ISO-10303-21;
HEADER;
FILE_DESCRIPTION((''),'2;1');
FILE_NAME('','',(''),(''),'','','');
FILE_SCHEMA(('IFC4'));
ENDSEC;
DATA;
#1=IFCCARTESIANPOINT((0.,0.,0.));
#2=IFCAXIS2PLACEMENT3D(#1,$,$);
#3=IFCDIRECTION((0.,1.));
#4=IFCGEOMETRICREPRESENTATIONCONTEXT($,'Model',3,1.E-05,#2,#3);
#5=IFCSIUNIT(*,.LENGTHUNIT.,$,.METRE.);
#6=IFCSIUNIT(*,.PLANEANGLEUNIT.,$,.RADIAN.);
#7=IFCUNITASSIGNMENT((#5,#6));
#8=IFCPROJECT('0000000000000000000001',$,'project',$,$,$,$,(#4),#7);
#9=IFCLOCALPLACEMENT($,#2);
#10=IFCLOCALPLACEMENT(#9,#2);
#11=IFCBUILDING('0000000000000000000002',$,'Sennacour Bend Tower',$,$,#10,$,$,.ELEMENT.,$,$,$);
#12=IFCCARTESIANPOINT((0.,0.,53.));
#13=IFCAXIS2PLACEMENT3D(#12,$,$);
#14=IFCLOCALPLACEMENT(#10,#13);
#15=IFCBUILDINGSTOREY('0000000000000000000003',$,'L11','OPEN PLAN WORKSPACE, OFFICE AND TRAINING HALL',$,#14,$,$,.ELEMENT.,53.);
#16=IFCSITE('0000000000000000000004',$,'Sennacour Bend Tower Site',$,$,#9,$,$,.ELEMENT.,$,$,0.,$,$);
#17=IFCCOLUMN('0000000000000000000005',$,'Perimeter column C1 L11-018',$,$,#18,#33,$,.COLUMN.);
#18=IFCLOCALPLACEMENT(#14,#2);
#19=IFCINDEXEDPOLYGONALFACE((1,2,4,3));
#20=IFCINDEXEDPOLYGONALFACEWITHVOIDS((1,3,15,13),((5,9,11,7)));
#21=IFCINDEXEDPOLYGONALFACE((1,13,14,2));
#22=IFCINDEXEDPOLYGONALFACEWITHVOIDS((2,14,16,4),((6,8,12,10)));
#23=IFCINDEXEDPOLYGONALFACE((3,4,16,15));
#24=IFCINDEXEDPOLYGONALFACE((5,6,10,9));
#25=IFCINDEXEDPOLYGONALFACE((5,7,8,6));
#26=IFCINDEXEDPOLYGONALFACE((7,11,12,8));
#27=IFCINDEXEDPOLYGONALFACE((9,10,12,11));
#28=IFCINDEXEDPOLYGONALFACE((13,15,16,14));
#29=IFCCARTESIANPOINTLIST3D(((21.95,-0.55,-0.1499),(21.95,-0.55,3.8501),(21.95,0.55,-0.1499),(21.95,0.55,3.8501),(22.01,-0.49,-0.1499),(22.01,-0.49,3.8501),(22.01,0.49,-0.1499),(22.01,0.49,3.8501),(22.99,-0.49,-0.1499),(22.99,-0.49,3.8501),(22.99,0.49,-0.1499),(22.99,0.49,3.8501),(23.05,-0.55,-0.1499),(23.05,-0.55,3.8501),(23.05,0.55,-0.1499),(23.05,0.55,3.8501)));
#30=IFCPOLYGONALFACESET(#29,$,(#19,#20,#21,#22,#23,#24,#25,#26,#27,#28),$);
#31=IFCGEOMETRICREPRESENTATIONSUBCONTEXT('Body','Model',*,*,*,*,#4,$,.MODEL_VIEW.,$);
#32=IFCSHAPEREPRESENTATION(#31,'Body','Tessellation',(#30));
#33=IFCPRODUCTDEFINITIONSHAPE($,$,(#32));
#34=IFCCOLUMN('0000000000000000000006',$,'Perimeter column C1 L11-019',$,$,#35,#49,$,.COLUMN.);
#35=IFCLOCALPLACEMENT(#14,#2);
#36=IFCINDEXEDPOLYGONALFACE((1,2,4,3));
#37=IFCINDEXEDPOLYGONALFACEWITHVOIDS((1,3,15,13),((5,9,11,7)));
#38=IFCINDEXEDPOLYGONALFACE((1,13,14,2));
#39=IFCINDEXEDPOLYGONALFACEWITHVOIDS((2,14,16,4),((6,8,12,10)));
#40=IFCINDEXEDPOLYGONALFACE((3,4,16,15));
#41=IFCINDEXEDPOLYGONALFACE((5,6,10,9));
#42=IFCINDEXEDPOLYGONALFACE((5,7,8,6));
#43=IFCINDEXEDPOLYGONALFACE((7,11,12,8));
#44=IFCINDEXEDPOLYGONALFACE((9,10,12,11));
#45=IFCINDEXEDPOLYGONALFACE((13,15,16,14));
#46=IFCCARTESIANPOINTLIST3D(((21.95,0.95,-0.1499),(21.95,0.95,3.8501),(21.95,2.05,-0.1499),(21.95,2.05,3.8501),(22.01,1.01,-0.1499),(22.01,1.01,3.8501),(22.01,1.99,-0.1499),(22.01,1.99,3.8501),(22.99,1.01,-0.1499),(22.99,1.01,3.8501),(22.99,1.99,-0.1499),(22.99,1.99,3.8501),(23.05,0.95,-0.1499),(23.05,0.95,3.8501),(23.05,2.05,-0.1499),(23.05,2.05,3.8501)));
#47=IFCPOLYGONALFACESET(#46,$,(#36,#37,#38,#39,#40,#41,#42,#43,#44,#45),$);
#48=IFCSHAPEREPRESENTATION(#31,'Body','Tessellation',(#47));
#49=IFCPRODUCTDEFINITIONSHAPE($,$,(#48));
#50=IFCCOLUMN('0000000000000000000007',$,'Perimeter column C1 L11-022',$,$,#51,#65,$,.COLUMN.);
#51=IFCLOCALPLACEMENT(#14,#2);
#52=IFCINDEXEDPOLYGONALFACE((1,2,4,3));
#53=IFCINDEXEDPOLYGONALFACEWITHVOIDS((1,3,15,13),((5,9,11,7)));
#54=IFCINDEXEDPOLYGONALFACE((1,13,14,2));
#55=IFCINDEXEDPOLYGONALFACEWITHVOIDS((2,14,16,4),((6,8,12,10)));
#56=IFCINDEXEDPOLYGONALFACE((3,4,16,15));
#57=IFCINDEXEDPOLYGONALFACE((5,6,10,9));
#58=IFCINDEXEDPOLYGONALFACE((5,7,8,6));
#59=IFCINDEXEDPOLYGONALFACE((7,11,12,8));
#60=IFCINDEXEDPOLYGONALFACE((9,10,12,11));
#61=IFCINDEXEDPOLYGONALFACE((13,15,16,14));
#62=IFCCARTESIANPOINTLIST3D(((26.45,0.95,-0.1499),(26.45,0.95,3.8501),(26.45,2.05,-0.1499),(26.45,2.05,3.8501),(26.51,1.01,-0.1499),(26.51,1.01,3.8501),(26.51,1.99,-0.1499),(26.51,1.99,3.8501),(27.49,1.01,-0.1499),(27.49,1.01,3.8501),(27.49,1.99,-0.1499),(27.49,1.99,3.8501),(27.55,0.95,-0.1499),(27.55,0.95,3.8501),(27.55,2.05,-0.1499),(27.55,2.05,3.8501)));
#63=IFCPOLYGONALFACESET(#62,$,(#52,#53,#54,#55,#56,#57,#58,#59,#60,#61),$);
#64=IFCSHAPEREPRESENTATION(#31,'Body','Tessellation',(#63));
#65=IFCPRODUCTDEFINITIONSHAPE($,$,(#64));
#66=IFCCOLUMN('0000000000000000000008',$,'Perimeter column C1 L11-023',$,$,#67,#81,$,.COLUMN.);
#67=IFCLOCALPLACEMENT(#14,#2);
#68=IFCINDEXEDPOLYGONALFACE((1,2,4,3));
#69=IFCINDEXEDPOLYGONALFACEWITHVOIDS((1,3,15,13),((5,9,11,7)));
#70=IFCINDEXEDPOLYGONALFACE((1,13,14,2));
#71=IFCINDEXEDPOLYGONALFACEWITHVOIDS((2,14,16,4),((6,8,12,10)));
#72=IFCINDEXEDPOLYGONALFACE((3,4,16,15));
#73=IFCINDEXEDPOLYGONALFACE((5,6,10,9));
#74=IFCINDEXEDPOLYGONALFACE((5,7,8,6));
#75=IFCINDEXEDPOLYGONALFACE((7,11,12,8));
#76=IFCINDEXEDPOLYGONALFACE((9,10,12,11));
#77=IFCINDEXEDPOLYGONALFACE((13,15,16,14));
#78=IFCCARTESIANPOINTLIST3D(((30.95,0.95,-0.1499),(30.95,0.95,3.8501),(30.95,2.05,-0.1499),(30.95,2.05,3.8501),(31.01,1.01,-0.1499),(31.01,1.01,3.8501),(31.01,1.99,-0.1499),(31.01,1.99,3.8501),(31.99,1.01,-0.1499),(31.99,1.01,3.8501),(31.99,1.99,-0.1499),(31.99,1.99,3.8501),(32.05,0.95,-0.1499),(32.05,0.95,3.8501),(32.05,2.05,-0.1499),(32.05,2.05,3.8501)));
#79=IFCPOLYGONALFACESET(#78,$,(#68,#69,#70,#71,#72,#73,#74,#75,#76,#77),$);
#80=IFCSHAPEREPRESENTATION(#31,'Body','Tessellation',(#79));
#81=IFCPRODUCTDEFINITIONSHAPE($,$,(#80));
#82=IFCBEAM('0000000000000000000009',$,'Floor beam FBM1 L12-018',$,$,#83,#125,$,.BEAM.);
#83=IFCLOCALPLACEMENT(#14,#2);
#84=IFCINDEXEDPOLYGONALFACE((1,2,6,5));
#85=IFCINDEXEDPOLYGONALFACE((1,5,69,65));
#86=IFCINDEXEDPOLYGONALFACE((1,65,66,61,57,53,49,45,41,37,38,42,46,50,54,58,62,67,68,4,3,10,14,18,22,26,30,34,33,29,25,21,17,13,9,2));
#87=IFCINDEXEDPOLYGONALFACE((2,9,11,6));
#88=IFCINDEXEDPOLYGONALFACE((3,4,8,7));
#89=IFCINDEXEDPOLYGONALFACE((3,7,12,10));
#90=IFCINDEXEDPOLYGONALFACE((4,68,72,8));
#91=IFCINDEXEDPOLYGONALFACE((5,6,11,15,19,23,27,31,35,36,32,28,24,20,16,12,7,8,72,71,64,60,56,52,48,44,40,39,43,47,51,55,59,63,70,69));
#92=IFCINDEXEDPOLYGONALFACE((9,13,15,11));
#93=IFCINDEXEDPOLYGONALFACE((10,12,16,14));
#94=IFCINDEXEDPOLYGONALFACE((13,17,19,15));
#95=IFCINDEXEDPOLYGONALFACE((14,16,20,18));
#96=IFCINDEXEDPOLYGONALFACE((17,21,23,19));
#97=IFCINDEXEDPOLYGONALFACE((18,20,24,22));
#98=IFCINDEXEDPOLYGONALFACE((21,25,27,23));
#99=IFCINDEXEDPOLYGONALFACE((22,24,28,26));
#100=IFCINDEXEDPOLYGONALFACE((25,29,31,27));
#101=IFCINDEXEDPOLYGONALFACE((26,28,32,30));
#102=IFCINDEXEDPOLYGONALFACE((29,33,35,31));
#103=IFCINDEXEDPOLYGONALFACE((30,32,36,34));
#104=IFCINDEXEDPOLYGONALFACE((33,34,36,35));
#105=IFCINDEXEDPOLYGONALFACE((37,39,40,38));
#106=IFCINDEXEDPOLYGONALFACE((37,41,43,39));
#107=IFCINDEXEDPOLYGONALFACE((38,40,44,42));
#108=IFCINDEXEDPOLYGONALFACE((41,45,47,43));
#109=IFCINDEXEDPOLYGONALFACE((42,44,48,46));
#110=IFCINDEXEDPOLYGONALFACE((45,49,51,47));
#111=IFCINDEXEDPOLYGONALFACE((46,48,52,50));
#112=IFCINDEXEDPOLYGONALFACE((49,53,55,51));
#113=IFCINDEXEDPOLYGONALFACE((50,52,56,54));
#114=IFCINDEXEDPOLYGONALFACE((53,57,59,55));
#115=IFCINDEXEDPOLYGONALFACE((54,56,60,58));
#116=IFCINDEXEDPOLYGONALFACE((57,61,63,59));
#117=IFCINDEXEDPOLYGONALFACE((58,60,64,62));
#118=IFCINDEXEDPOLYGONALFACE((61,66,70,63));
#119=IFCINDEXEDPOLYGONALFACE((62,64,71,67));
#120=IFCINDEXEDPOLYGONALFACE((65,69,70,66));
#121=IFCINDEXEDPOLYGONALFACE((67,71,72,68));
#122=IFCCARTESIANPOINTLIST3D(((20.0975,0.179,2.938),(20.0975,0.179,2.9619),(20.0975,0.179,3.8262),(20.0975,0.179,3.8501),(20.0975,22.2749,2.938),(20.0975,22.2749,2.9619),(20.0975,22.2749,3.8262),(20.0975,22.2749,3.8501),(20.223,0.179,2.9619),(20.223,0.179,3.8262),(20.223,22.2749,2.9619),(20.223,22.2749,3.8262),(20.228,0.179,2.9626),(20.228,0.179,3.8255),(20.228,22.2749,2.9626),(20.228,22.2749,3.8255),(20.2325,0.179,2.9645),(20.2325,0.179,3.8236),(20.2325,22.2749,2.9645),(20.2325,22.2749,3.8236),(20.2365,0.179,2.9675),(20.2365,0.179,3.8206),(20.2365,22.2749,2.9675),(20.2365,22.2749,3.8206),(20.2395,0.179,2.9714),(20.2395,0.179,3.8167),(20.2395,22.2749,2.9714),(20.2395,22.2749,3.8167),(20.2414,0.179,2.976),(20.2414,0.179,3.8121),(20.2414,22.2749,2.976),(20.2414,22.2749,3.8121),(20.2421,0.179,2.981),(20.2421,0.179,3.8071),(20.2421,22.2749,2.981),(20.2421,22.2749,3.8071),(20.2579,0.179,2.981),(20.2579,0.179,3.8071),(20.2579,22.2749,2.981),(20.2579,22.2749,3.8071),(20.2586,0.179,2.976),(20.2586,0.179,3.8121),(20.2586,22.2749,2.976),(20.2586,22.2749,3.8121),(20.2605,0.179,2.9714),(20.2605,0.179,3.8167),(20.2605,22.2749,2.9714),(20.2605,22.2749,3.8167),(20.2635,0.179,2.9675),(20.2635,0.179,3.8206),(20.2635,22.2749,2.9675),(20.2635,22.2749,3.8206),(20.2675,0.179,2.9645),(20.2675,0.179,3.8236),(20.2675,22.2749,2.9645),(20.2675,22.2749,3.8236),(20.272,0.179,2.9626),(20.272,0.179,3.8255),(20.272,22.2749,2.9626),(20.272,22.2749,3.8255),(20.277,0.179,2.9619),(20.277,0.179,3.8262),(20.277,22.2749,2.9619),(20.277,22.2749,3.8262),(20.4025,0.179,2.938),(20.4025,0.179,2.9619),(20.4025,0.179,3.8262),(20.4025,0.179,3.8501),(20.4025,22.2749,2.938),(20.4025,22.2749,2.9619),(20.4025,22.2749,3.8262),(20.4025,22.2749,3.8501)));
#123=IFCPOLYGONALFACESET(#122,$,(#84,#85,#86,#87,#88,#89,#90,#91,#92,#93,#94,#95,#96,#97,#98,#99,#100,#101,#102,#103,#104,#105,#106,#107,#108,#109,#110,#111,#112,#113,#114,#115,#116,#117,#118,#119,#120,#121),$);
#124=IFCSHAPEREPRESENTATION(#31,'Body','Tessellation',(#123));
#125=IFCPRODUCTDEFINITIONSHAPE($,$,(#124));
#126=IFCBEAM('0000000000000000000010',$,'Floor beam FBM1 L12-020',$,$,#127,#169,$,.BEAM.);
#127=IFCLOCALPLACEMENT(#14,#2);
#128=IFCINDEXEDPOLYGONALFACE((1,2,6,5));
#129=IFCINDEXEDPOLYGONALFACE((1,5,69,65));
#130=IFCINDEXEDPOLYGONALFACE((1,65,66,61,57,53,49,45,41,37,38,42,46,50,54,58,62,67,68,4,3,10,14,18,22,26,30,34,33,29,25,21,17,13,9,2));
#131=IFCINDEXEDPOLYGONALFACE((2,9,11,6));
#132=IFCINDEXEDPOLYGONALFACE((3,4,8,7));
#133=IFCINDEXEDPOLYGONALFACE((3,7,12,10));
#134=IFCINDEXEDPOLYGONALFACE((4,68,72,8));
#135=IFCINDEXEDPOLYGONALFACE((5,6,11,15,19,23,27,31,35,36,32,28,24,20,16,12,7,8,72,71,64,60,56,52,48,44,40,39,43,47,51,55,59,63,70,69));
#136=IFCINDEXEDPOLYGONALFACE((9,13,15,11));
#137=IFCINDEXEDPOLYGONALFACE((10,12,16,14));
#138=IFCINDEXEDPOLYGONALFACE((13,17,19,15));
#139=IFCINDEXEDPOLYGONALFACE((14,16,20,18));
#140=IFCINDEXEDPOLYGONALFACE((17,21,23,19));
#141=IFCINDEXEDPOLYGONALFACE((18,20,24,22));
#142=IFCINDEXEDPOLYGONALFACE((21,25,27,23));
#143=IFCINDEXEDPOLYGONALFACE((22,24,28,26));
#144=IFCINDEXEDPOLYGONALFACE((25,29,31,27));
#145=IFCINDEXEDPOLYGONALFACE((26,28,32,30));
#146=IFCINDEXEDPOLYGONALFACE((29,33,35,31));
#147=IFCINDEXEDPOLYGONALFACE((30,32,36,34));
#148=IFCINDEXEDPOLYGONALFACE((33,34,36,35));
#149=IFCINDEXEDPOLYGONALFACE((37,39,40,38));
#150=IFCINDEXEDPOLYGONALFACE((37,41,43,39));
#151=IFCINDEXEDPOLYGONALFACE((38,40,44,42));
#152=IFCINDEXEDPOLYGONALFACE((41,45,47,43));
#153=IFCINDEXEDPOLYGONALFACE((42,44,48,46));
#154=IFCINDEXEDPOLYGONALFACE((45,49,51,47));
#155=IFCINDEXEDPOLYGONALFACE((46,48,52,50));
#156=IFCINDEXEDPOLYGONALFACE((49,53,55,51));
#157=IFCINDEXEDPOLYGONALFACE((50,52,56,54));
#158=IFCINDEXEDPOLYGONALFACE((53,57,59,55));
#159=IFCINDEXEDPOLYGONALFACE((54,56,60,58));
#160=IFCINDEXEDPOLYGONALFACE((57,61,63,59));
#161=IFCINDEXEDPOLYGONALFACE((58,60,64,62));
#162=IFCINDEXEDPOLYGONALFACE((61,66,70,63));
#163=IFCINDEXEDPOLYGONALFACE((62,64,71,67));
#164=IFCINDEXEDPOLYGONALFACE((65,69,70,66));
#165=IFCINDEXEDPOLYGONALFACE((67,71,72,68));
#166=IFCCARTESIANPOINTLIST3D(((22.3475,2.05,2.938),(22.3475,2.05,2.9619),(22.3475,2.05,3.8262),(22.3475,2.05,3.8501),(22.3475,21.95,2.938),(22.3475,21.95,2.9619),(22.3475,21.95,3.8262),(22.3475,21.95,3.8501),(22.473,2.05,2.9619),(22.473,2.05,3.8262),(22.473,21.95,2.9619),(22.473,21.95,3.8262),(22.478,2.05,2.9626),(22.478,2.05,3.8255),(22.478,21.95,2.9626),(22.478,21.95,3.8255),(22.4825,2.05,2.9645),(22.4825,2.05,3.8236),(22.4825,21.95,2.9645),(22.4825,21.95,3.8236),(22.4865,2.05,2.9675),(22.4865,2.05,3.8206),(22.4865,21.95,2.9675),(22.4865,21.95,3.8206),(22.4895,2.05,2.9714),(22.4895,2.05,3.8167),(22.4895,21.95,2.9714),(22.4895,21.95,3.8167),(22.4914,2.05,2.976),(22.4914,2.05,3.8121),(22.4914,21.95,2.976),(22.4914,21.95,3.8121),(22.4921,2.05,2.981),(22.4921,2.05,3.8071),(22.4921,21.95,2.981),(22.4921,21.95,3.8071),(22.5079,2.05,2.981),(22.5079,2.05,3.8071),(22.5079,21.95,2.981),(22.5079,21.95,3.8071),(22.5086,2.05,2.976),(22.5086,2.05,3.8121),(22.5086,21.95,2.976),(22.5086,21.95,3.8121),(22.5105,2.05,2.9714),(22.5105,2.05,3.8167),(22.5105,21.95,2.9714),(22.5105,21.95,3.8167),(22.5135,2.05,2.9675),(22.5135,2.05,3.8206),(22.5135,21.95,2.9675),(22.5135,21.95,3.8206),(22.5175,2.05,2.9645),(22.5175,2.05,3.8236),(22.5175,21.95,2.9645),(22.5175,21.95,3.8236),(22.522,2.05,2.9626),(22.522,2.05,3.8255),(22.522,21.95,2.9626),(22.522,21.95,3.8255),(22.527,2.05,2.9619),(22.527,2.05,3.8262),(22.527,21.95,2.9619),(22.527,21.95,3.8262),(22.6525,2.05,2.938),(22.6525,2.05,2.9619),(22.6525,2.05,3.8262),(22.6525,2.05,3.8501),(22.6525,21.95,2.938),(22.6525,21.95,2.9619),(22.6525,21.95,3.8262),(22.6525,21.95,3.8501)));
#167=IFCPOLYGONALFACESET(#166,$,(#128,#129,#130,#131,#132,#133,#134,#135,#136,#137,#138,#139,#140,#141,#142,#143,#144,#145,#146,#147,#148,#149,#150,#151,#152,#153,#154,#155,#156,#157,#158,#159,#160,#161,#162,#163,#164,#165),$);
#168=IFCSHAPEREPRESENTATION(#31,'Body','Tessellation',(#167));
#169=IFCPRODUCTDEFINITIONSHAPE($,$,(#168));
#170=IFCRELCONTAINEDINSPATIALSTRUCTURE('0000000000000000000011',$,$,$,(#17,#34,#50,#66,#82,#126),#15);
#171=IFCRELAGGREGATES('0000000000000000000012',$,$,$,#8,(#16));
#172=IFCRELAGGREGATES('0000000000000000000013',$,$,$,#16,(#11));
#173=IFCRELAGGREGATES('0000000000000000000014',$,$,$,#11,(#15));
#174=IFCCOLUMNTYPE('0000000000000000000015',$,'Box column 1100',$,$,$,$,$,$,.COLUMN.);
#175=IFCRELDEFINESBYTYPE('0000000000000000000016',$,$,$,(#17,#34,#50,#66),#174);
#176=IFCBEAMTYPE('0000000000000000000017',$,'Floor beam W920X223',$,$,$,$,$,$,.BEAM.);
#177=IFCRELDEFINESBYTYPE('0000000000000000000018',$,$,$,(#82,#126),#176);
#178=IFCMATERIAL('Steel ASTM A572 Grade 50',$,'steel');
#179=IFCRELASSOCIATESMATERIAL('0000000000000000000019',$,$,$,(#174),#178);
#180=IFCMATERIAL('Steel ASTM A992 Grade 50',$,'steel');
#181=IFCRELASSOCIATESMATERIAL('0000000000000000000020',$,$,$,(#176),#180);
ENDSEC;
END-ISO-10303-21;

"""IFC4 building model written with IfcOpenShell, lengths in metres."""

from ifc_helpers import new_model, si_unit, direction, frame, origin, origin_2d, place, context, subcontext, project, spatial, hollow_rectangle, i_section, extrude, material, material_profile, profile_set, type_object, element, save


model = new_model("IFC4")

# Units and contexts
model_context = context("Model", 3, precision=1e-05, world=origin(), true_north=direction((0.0, 1.0)))
body_context = subcontext(model_context, "Body", "Model", "MODEL_VIEW")
ifc_project = project(units=[si_unit("LENGTHUNIT", "METRE"), si_unit("PLANEANGLEUNIT", "RADIAN")], contexts=[model_context])

# Site, building, storey
site_placement = place(None, origin())
site = spatial("IfcSite", under=ifc_project, at=site_placement, Name="Sennacour Bend Tower Site", CompositionType="ELEMENT", RefElevation=0.0)
building_placement = place(site_placement, origin())
building = spatial("IfcBuilding", under=site, at=building_placement, Name="Sennacour Bend Tower", CompositionType="ELEMENT")
storey_placement = place(building_placement, frame((0.0, 0.0, 53.0)))
storey = spatial("IfcBuildingStorey", under=building, at=storey_placement, Name="L11", Description="OPEN PLAN WORKSPACE, OFFICE AND TRAINING HALL", CompositionType="ELEMENT", Elevation=53.0)

# Columns
ifc_material_1 = material(Name="Steel ASTM A572 Grade 50", Category="steel")
ifc_material_profile_1 = material_profile(ifc_material_1, hollow_rectangle(XDim=1.1001, YDim=1.1001, WallThickness=0.0601, at=origin_2d()), Name="Steel ASTM A572 Grade 50", Category="steel")
ifc_profile_set_1 = profile_set([ifc_material_profile_1], Name="Steel ASTM A572 Grade 50")
column_type = type_object("IfcColumnType", Name="Box column 1100", PredefinedType="COLUMN", material=ifc_profile_set_1)
for number, where, z_axis, x_axis, name in (
    (1, (22.5, 0.0, -0.1499), (0.0, 0.0, 1.0), (1.0, 0.0, 0.0), "Perimeter column C1 L11-018"),
    (2, (22.5, 1.5, -0.1499), (0.0, 0.0, 1.0), (1.0, 0.0, 0.0), "Perimeter column C1 L11-019"),
    (3, (27.0, 1.5, -0.1499), (0.0, 0.0, 1.0), (1.0, 0.0, 0.0), "Perimeter column C1 L11-022"),
    (4, (31.5, 1.5, -0.1499), (0.0, 0.0, 1.0), (1.0, 0.0, 0.0), "Perimeter column C1 L11-023"),
):
    element("IfcColumn", number, at=place(storey_placement, frame(where, z_axis=z_axis, x_axis=x_axis)), inside=storey, type_object=column_type, Name=name, PredefinedType="COLUMN", context=body_context, shape_type="SweptSolid", body=[
        extrude(hollow_rectangle(XDim=1.1001, YDim=1.1001, WallThickness=0.0601, at=origin_2d()), origin(), (0.0, 0.0, 1.0), 4.0),
    ])

# Beams
ifc_material_2 = material(Name="Steel ASTM A992 Grade 50", Category="steel")
ifc_material_profile_2 = material_profile(ifc_material_2, i_section(OverallWidth=0.3049, OverallDepth=0.9121, WebThickness=0.0159, FlangeThickness=0.0239, FilletRadius=0.019, at=origin_2d()), Name="Steel ASTM A992 Grade 50", Category="steel")
ifc_profile_set_2 = profile_set([ifc_material_profile_2], Name="Steel ASTM A992 Grade 50")
beam_type_1 = type_object("IfcBeamType", Name="Floor beam W920X223", PredefinedType="BEAM", material=ifc_profile_set_2)
beam_1_placement = place(storey_placement, frame((20.25, 0.179, 3.394), z_axis=(0.0, 1.0, 0.0), x_axis=(-1.0, 0.0, 0.0)))
element("IfcBeam", 5, at=beam_1_placement, inside=storey, type_object=beam_type_1, Name="Floor beam FBM1 L12-018", PredefinedType="BEAM", context=body_context, shape_type="SweptSolid", body=[
    extrude(i_section(OverallWidth=0.3049, OverallDepth=0.9121, WebThickness=0.0159, FlangeThickness=0.0239, FilletRadius=0.019, at=origin_2d()), origin(), (0.0, 0.0, 1.0), 22.0959),
])
beam_2_placement = place(storey_placement, frame((22.5, 2.05, 3.394), z_axis=(0.0, 1.0, 0.0), x_axis=(-1.0, 0.0, 0.0)))
element("IfcBeam", 6, at=beam_2_placement, inside=storey, type_object=beam_type_1, Name="Floor beam FBM1 L12-020", PredefinedType="BEAM", context=body_context, shape_type="SweptSolid", body=[
    extrude(i_section(OverallWidth=0.3049, OverallDepth=0.9121, WebThickness=0.0159, FlangeThickness=0.0239, FilletRadius=0.019, at=origin_2d()), origin(), (0.0, 0.0, 1.0), 19.8999),
])

save(model, "model.ifc")
